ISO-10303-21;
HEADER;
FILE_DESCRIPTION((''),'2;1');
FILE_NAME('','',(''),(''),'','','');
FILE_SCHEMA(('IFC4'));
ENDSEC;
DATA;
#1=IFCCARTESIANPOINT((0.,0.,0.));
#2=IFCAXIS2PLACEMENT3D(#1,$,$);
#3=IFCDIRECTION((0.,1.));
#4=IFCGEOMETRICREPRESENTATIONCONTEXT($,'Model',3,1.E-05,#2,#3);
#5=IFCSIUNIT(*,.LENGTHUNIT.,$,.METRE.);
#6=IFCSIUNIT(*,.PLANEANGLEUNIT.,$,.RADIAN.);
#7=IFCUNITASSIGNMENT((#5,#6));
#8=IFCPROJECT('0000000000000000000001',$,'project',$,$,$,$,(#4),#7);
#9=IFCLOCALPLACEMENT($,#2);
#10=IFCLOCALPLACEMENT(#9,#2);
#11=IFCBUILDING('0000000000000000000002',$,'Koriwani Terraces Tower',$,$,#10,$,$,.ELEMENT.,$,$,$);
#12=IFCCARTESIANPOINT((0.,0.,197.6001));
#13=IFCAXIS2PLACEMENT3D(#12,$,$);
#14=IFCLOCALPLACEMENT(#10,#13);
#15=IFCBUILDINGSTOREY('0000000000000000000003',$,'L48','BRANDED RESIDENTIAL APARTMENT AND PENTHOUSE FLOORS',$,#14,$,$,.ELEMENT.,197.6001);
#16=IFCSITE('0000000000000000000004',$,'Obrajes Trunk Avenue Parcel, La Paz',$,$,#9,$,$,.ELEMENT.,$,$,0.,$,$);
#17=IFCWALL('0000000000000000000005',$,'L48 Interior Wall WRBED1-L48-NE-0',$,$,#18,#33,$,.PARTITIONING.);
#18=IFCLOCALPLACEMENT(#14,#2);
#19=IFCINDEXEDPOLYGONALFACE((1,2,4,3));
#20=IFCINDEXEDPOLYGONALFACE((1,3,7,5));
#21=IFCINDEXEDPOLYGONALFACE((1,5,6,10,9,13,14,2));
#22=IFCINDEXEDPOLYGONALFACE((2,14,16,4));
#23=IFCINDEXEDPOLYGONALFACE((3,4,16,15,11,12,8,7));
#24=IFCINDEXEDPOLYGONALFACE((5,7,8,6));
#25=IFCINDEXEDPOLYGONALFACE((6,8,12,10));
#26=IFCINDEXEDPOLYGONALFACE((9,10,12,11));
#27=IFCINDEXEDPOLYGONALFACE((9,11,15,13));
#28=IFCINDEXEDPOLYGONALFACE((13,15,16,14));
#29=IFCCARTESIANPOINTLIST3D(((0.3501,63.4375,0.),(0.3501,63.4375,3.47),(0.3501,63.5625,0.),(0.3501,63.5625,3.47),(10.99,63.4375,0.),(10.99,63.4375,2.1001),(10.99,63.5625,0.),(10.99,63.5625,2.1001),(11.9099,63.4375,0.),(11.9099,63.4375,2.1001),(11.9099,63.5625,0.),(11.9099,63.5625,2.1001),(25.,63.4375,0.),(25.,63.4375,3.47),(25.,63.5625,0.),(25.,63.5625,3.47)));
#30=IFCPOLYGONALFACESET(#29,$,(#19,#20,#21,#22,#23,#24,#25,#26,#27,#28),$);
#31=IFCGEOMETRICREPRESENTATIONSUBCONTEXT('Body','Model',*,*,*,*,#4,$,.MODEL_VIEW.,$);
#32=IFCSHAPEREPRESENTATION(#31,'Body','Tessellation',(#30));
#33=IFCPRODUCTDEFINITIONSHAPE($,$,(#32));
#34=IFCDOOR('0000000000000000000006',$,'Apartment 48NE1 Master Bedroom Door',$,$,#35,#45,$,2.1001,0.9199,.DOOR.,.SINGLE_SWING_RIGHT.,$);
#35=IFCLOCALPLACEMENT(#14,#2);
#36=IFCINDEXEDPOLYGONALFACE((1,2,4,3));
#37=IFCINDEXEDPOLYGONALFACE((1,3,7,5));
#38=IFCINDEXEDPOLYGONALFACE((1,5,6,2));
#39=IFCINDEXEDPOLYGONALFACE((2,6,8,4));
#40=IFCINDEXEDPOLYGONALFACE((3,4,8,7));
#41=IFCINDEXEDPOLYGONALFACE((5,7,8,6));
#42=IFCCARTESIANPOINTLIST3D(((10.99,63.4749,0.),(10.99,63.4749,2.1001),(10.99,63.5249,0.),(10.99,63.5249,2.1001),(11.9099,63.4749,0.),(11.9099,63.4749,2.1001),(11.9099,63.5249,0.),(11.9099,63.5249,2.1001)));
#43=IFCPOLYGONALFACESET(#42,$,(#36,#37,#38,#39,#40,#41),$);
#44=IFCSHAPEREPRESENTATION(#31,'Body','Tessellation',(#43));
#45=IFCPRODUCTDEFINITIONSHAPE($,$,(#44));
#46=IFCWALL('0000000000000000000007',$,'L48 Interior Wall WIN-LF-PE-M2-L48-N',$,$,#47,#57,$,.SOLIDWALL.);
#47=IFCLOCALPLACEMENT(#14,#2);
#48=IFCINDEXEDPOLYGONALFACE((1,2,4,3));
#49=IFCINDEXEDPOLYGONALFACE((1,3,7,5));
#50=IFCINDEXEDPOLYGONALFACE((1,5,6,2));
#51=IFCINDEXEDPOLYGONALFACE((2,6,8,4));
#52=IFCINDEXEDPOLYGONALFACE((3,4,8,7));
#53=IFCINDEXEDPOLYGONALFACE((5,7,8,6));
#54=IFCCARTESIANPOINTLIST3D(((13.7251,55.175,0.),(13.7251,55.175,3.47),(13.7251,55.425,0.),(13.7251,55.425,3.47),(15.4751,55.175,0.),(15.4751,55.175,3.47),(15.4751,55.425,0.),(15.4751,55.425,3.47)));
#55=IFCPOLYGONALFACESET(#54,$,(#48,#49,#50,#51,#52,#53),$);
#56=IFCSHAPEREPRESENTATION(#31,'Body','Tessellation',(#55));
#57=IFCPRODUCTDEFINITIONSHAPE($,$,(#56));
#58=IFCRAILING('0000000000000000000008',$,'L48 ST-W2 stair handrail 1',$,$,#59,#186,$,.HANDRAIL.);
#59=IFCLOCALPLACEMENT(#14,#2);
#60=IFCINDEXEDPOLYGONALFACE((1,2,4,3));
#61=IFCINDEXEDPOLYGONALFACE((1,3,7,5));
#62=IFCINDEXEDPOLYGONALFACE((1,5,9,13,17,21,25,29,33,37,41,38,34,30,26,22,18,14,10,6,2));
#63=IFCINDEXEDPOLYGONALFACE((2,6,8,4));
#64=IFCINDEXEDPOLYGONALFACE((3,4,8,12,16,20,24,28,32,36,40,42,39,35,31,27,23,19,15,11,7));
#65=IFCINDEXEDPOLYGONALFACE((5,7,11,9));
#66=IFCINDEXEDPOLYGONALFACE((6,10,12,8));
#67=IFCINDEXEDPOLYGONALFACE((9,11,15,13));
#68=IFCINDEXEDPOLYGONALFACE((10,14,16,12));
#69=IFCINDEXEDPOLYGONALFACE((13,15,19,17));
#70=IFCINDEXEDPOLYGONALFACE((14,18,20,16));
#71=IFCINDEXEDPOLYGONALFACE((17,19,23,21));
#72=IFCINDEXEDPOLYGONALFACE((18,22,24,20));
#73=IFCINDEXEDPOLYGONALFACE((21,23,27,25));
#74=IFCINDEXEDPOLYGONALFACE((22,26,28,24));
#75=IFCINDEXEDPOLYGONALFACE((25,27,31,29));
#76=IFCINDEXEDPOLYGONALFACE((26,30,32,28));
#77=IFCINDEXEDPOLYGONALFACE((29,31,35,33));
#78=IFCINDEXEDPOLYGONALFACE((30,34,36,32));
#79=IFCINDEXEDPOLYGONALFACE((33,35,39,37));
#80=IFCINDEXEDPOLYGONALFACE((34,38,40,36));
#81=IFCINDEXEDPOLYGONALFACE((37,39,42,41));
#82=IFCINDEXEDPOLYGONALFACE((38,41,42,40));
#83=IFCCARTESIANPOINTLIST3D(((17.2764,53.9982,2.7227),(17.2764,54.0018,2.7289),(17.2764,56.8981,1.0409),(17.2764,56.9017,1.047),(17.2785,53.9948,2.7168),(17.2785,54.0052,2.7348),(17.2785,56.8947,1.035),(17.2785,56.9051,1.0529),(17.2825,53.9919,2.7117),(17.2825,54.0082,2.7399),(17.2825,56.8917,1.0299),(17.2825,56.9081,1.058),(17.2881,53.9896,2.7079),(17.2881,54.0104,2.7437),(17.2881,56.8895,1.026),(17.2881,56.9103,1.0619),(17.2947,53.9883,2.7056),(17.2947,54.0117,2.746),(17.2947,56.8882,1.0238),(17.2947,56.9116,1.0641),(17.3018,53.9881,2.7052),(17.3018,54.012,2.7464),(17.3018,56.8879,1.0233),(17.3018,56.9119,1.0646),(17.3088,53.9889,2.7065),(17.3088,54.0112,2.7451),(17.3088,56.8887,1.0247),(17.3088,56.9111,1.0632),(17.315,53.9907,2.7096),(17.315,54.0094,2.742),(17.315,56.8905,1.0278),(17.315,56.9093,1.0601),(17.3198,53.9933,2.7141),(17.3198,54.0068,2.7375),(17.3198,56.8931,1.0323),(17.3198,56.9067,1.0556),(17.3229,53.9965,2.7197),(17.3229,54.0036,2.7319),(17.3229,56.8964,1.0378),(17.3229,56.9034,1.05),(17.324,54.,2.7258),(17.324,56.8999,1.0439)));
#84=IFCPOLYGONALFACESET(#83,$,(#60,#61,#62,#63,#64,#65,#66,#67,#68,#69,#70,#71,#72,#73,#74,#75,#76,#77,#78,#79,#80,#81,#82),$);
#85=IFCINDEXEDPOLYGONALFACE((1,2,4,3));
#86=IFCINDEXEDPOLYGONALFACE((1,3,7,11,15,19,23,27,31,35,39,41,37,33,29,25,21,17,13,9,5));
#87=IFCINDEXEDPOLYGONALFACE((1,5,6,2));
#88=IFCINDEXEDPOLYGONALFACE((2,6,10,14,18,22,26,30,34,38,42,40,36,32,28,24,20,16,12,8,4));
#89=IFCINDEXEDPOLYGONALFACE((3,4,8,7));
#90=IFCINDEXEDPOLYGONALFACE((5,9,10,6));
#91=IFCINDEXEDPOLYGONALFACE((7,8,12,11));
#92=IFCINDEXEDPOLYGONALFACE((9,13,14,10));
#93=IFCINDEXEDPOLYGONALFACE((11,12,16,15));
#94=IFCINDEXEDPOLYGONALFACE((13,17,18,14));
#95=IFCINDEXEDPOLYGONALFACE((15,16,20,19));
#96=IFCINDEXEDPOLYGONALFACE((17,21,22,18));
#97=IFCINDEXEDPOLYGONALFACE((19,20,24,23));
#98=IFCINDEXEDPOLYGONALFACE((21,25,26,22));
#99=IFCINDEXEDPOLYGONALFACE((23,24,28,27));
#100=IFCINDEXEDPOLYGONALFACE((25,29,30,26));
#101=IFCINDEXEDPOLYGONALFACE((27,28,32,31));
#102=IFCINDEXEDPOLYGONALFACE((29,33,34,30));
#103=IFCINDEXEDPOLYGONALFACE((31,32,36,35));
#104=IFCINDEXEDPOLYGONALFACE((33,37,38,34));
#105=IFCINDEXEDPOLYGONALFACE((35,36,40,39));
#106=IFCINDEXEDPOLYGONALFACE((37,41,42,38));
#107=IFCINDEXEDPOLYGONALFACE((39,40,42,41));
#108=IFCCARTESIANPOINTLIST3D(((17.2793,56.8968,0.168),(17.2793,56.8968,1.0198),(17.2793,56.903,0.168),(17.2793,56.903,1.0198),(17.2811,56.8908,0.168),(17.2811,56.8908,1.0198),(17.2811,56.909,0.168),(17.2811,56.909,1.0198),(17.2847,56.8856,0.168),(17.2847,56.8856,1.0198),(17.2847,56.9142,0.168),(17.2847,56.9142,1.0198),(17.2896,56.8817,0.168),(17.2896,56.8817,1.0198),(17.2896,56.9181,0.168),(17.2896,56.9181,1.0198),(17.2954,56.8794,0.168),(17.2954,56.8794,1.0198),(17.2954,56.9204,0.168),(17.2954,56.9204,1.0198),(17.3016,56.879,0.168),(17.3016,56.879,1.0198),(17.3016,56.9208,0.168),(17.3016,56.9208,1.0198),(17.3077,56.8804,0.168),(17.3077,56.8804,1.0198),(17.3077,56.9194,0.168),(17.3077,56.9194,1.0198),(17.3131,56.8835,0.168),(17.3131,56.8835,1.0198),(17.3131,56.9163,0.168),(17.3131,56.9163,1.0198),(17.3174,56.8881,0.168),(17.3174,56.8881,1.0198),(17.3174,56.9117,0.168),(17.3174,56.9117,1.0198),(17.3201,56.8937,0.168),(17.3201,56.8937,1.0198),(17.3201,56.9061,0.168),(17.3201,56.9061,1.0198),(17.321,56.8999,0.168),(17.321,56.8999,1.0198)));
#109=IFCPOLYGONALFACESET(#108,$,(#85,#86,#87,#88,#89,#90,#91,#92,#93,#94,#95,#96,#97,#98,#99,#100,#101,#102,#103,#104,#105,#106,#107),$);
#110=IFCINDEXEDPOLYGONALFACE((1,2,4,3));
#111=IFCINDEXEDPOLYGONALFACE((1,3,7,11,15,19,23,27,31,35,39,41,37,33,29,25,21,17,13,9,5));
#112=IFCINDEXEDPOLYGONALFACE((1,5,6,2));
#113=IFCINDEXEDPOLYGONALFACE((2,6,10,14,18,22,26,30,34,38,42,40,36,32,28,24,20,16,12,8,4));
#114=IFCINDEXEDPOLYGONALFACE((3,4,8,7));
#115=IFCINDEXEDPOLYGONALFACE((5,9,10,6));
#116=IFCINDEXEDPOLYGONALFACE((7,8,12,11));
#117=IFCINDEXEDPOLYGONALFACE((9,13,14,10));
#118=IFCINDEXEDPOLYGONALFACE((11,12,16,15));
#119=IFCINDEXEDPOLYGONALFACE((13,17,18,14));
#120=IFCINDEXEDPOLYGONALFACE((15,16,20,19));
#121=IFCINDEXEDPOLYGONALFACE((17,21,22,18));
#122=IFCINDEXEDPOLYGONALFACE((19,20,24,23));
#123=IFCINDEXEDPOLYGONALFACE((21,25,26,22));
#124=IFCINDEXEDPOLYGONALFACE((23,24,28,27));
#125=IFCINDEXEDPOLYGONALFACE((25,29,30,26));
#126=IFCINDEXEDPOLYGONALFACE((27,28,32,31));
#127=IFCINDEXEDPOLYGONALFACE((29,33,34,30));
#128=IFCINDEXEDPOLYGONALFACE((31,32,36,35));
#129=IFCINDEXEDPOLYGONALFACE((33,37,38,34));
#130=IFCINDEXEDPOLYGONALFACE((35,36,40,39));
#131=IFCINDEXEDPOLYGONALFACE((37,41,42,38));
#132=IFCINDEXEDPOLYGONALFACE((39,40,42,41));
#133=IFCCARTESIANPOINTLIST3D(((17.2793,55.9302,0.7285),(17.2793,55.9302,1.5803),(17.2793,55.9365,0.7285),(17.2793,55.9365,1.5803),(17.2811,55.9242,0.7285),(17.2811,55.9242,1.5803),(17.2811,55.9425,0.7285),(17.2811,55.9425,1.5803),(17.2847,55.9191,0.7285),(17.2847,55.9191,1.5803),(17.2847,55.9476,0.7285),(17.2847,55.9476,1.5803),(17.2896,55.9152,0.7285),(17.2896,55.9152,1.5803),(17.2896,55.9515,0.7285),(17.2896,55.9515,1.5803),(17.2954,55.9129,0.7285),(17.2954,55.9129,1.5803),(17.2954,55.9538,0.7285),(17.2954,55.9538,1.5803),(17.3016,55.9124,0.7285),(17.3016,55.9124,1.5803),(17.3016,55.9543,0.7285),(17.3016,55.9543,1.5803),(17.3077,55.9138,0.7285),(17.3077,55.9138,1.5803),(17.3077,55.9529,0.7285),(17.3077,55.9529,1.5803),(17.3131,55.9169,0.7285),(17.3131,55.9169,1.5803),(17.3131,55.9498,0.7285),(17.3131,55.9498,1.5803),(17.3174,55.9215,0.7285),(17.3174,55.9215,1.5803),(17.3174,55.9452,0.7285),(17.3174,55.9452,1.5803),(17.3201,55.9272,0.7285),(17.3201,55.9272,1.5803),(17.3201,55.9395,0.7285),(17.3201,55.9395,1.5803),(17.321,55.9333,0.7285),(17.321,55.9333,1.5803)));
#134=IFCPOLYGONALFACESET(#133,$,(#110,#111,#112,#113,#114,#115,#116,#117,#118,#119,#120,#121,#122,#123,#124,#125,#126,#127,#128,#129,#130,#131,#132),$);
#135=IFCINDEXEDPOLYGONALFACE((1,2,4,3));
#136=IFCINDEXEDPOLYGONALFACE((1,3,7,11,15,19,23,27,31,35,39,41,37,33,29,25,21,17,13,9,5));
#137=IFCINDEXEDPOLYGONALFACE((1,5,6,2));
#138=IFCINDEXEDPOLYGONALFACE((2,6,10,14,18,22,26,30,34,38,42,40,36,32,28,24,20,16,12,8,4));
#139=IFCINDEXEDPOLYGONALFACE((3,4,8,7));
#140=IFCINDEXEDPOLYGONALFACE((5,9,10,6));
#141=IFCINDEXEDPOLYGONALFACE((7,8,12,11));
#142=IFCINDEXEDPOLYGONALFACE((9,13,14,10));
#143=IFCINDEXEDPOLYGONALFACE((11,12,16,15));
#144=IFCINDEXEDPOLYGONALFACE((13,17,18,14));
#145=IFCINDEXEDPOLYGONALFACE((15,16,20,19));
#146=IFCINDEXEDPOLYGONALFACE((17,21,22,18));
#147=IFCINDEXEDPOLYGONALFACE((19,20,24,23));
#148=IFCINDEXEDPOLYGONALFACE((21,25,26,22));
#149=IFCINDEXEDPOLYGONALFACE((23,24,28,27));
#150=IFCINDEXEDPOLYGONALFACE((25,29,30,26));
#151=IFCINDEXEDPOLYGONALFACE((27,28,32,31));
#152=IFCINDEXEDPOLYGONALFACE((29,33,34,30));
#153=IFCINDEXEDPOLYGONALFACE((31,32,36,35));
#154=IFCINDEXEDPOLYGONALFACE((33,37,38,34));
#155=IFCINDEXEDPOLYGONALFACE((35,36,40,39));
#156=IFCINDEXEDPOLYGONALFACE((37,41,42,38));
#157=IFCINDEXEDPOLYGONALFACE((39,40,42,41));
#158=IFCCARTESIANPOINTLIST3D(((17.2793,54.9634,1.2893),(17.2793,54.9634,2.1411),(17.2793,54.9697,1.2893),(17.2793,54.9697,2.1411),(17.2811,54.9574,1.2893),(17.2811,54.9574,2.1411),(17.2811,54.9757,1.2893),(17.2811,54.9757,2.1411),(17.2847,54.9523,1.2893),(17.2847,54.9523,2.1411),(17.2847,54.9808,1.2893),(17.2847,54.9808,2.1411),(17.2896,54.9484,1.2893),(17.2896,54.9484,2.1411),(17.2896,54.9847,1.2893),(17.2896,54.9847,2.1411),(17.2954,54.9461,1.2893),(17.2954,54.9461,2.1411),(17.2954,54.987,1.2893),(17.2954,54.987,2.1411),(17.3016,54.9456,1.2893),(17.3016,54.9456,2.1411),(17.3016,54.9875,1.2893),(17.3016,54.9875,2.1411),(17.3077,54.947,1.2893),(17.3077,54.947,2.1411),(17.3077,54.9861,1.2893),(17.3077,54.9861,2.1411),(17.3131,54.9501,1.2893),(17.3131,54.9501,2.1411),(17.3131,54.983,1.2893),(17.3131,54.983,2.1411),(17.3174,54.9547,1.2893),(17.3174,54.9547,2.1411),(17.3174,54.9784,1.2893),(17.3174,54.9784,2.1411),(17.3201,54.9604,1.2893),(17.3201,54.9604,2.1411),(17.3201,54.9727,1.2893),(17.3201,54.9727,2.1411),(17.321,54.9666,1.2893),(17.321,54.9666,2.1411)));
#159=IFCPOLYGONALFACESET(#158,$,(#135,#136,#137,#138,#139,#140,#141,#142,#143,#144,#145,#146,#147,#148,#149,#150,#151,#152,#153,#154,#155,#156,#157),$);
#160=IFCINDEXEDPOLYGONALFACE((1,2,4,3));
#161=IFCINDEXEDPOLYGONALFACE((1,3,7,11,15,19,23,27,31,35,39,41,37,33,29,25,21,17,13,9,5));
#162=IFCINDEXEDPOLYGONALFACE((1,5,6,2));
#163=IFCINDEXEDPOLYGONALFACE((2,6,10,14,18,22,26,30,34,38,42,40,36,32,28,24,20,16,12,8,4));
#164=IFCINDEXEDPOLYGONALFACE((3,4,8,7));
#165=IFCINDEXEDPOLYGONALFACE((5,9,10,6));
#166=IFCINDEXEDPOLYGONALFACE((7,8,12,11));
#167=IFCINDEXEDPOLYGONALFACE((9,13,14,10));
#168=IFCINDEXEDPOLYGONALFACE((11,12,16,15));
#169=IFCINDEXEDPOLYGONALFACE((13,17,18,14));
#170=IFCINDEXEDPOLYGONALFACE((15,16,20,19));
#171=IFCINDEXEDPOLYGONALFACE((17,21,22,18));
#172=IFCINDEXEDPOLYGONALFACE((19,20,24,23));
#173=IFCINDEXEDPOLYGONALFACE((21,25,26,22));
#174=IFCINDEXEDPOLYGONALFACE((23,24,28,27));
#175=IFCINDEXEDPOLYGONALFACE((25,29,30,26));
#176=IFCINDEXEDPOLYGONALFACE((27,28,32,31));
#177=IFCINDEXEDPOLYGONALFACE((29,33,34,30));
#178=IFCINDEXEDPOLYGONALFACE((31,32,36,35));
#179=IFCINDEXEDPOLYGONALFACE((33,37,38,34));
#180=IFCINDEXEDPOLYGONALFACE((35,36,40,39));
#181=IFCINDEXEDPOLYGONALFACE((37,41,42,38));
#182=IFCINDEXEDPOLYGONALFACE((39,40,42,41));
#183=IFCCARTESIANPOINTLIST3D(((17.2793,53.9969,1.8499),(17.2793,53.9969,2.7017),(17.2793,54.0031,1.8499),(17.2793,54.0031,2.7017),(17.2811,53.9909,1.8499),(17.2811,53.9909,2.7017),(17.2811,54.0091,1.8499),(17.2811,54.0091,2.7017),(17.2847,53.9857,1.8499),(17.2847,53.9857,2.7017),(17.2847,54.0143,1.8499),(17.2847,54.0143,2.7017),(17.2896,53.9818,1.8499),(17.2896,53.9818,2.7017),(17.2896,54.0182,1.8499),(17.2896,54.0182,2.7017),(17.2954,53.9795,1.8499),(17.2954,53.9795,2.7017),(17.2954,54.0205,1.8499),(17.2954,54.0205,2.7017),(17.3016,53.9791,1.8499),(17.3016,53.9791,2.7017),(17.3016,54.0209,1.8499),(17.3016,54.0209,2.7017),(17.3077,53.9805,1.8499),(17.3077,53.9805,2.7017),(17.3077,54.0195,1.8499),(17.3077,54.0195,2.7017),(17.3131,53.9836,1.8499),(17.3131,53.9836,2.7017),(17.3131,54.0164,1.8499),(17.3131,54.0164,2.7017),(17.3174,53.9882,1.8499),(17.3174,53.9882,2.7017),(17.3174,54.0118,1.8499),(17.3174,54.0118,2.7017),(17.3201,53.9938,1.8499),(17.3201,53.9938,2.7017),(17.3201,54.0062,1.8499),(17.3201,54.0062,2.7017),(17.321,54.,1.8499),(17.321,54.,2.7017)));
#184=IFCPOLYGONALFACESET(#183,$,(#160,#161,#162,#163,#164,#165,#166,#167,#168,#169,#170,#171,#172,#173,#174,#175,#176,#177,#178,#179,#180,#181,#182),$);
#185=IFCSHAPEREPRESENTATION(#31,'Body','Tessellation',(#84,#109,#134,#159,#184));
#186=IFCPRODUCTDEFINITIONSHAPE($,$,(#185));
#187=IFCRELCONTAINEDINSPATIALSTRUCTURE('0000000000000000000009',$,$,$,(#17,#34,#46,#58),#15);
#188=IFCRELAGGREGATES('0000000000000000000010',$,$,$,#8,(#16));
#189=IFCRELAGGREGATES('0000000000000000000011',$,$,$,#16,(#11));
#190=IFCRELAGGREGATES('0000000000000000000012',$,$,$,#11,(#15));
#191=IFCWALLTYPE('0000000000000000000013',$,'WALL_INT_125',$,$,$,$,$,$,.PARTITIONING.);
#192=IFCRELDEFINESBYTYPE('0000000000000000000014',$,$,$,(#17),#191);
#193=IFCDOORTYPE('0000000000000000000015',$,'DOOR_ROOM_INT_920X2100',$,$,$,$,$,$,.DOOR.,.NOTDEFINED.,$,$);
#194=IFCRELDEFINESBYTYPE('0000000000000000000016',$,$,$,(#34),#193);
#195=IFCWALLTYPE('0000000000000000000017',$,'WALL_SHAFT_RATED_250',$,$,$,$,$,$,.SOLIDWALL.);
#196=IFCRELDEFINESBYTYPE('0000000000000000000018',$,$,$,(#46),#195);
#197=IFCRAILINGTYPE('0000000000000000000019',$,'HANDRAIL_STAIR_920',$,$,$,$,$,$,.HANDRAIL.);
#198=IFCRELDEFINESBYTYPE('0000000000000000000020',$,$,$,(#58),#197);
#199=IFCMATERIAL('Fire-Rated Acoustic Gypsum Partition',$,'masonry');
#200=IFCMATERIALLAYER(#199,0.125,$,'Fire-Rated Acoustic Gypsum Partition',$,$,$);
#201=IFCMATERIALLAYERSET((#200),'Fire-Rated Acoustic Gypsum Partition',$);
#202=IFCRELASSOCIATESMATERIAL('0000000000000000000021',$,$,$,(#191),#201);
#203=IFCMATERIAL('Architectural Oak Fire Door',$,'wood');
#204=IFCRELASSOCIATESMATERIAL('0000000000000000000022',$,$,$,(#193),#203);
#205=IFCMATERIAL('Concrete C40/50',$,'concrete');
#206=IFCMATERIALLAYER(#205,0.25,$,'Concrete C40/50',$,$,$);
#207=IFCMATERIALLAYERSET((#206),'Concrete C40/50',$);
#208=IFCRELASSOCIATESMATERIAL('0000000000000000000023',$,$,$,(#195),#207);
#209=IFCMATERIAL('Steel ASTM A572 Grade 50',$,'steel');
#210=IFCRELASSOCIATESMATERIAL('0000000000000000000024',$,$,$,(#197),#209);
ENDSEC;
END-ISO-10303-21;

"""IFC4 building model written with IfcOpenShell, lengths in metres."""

from ifc_helpers import new_model, si_unit, direction, frame, frame_2d, origin, origin_2d, place, context, subcontext, project, spatial, rectangle, circle, extrude, material, layer, layer_set, type_object, element, fill, save


model = new_model("IFC4")

# Units and contexts
model_context = context("Model", 3, precision=1e-05, world=origin(), true_north=direction((0.0, 1.0)))
body_context = subcontext(model_context, "Body", "Model", "MODEL_VIEW")
ifc_project = project(units=[si_unit("LENGTHUNIT", "METRE"), si_unit("PLANEANGLEUNIT", "RADIAN")], contexts=[model_context])

# Site, building, storey
site_placement = place(None, origin())
site = spatial("IfcSite", under=ifc_project, at=site_placement, Name="Obrajes Trunk Avenue Parcel, La Paz", CompositionType="ELEMENT", RefElevation=0.0)
building_placement = place(site_placement, origin())
building = spatial("IfcBuilding", under=site, at=building_placement, Name="Koriwani Terraces Tower", CompositionType="ELEMENT")
storey_placement = place(building_placement, frame((0.0, 0.0, 197.6001)))
storey = spatial("IfcBuildingStorey", under=building, at=storey_placement, Name="L48", Description="BRANDED RESIDENTIAL APARTMENT AND PENTHOUSE FLOORS", CompositionType="ELEMENT", Elevation=197.6001)

# Shared definitions
ifc_material_1 = material(Name="Concrete C40/50", Category="concrete")
ifc_material_2 = material(Name="Steel ASTM A572 Grade 50", Category="steel")

# Wall, opening, door
ifc_material_3 = material(Name="Fire-Rated Acoustic Gypsum Partition", Category="masonry")
ifc_layer_1 = layer(ifc_material_3, 0.125, Name="Fire-Rated Acoustic Gypsum Partition")
ifc_layer_set_1 = layer_set([ifc_layer_1], Name="Fire-Rated Acoustic Gypsum Partition")
wall_type_1 = type_object("IfcWallType", Name="WALL_INT_125", PredefinedType="PARTITIONING", material=ifc_layer_set_1)
wall_1_placement = place(storey_placement, frame((0.3501, 63.5, 0.0), z_axis=(0.0, 0.0, 1.0), x_axis=(1.0, 0.0, 0.0)))
wall_1 = element("IfcWall", 1, at=wall_1_placement, inside=storey, type_object=wall_type_1, Name="L48 Interior Wall WRBED1-L48-NE-0", PredefinedType="PARTITIONING", context=body_context, shape_type="SweptSolid", body=[
    extrude(rectangle(XDim=24.6499, YDim=0.125, at=frame_2d((12.325, 0.0))), origin(), (0.0, 0.0, 1.0), 3.47),
])
opening_1_placement = place(wall_1_placement, frame((10.6399, 0.0, 0.0)))
opening_1 = element("IfcOpeningElement", 2, at=opening_1_placement, cuts=wall_1, PredefinedType="OPENING", context=body_context, shape_type="SweptSolid", body=[
    extrude(rectangle(XDim=0.9199, YDim=2.1001, at=frame_2d((0.46, 1.05))), frame((0.0, 0.0725, 0.0), z_axis=(0.0, -1.0, 0.0), x_axis=(1.0, 0.0, 0.0)), (0.0, 0.0, 1.0), 0.145),
])
ifc_material_4 = material(Name="Architectural Oak Fire Door", Category="wood")
door_type = type_object("IfcDoorType", Name="DOOR_ROOM_INT_920X2100", OperationType="NOTDEFINED", PredefinedType="DOOR", material=ifc_material_4)
door_placement = place(opening_1_placement, origin())
door = element("IfcDoor", 3, at=door_placement, inside=storey, type_object=door_type, Name="Apartment 48NE1 Master Bedroom Door", OperationType="SINGLE_SWING_RIGHT", OverallHeight=2.1001, OverallWidth=0.9199, PredefinedType="DOOR", context=body_context, shape_type="SweptSolid", body=[
    extrude(rectangle(XDim=0.9199, YDim=2.1001, at=frame_2d((0.46, 1.05))), frame((0.0, 0.0249, 0.0), z_axis=(0.0, -1.0, 0.0), x_axis=(1.0, 0.0, 0.0)), (0.0, 0.0, 1.0), 0.05),
])
fill(opening_1, door)

# Wall
ifc_layer_2 = layer(ifc_material_1, 0.25, Name="Concrete C40/50")
ifc_layer_set_2 = layer_set([ifc_layer_2], Name="Concrete C40/50")
wall_type_2 = type_object("IfcWallType", Name="WALL_SHAFT_RATED_250", PredefinedType="SOLIDWALL", material=ifc_layer_set_2)
wall_2_placement = place(storey_placement, frame((13.7251, 55.3, 0.0), z_axis=(0.0, 0.0, 1.0), x_axis=(1.0, 0.0, 0.0)))
element("IfcWall", 4, at=wall_2_placement, inside=storey, type_object=wall_type_2, Name="L48 Interior Wall WIN-LF-PE-M2-L48-N", PredefinedType="SOLIDWALL", context=body_context, shape_type="SweptSolid", body=[
    extrude(rectangle(XDim=1.75, YDim=0.25, at=frame_2d((0.875, 0.0))), origin(), (0.0, 0.0, 1.0), 3.47),
])

# Railing
railing_type = type_object("IfcRailingType", Name="HANDRAIL_STAIR_920", PredefinedType="HANDRAIL", material=ifc_material_2)
railing_placement = place(storey_placement, frame((17.3, 56.8999, 0.168)))
element("IfcRailing", 5, at=railing_placement, inside=storey, type_object=railing_type, Name="L48 ST-W2 stair handrail 1", PredefinedType="HANDRAIL", context=body_context, shape_type="SweptSolid", body=[
    extrude(circle(Radius=0.0239, at=origin_2d()), frame((0.0, 0.0, 0.876), z_axis=(0.0, -0.865039, 0.501705), x_axis=(1.0, 0.0, 0.0)), (0.0, 0.0, 1.0), 3.3523),
    extrude(circle(Radius=0.021, at=origin_2d()), origin(), (0.0, 0.0, 1.0), 0.8518),
    extrude(circle(Radius=0.021, at=origin_2d()), frame((0.0, -0.9666, 0.5605)), (0.0, 0.0, 1.0), 0.8518),
    extrude(circle(Radius=0.021, at=origin_2d()), frame((0.0, -1.9333, 1.1213)), (0.0, 0.0, 1.0), 0.8518),
    extrude(circle(Radius=0.021, at=origin_2d()), frame((0.0, -2.8999, 1.6819)), (0.0, 0.0, 1.0), 0.8518),
])

save(model, "model.ifc")
